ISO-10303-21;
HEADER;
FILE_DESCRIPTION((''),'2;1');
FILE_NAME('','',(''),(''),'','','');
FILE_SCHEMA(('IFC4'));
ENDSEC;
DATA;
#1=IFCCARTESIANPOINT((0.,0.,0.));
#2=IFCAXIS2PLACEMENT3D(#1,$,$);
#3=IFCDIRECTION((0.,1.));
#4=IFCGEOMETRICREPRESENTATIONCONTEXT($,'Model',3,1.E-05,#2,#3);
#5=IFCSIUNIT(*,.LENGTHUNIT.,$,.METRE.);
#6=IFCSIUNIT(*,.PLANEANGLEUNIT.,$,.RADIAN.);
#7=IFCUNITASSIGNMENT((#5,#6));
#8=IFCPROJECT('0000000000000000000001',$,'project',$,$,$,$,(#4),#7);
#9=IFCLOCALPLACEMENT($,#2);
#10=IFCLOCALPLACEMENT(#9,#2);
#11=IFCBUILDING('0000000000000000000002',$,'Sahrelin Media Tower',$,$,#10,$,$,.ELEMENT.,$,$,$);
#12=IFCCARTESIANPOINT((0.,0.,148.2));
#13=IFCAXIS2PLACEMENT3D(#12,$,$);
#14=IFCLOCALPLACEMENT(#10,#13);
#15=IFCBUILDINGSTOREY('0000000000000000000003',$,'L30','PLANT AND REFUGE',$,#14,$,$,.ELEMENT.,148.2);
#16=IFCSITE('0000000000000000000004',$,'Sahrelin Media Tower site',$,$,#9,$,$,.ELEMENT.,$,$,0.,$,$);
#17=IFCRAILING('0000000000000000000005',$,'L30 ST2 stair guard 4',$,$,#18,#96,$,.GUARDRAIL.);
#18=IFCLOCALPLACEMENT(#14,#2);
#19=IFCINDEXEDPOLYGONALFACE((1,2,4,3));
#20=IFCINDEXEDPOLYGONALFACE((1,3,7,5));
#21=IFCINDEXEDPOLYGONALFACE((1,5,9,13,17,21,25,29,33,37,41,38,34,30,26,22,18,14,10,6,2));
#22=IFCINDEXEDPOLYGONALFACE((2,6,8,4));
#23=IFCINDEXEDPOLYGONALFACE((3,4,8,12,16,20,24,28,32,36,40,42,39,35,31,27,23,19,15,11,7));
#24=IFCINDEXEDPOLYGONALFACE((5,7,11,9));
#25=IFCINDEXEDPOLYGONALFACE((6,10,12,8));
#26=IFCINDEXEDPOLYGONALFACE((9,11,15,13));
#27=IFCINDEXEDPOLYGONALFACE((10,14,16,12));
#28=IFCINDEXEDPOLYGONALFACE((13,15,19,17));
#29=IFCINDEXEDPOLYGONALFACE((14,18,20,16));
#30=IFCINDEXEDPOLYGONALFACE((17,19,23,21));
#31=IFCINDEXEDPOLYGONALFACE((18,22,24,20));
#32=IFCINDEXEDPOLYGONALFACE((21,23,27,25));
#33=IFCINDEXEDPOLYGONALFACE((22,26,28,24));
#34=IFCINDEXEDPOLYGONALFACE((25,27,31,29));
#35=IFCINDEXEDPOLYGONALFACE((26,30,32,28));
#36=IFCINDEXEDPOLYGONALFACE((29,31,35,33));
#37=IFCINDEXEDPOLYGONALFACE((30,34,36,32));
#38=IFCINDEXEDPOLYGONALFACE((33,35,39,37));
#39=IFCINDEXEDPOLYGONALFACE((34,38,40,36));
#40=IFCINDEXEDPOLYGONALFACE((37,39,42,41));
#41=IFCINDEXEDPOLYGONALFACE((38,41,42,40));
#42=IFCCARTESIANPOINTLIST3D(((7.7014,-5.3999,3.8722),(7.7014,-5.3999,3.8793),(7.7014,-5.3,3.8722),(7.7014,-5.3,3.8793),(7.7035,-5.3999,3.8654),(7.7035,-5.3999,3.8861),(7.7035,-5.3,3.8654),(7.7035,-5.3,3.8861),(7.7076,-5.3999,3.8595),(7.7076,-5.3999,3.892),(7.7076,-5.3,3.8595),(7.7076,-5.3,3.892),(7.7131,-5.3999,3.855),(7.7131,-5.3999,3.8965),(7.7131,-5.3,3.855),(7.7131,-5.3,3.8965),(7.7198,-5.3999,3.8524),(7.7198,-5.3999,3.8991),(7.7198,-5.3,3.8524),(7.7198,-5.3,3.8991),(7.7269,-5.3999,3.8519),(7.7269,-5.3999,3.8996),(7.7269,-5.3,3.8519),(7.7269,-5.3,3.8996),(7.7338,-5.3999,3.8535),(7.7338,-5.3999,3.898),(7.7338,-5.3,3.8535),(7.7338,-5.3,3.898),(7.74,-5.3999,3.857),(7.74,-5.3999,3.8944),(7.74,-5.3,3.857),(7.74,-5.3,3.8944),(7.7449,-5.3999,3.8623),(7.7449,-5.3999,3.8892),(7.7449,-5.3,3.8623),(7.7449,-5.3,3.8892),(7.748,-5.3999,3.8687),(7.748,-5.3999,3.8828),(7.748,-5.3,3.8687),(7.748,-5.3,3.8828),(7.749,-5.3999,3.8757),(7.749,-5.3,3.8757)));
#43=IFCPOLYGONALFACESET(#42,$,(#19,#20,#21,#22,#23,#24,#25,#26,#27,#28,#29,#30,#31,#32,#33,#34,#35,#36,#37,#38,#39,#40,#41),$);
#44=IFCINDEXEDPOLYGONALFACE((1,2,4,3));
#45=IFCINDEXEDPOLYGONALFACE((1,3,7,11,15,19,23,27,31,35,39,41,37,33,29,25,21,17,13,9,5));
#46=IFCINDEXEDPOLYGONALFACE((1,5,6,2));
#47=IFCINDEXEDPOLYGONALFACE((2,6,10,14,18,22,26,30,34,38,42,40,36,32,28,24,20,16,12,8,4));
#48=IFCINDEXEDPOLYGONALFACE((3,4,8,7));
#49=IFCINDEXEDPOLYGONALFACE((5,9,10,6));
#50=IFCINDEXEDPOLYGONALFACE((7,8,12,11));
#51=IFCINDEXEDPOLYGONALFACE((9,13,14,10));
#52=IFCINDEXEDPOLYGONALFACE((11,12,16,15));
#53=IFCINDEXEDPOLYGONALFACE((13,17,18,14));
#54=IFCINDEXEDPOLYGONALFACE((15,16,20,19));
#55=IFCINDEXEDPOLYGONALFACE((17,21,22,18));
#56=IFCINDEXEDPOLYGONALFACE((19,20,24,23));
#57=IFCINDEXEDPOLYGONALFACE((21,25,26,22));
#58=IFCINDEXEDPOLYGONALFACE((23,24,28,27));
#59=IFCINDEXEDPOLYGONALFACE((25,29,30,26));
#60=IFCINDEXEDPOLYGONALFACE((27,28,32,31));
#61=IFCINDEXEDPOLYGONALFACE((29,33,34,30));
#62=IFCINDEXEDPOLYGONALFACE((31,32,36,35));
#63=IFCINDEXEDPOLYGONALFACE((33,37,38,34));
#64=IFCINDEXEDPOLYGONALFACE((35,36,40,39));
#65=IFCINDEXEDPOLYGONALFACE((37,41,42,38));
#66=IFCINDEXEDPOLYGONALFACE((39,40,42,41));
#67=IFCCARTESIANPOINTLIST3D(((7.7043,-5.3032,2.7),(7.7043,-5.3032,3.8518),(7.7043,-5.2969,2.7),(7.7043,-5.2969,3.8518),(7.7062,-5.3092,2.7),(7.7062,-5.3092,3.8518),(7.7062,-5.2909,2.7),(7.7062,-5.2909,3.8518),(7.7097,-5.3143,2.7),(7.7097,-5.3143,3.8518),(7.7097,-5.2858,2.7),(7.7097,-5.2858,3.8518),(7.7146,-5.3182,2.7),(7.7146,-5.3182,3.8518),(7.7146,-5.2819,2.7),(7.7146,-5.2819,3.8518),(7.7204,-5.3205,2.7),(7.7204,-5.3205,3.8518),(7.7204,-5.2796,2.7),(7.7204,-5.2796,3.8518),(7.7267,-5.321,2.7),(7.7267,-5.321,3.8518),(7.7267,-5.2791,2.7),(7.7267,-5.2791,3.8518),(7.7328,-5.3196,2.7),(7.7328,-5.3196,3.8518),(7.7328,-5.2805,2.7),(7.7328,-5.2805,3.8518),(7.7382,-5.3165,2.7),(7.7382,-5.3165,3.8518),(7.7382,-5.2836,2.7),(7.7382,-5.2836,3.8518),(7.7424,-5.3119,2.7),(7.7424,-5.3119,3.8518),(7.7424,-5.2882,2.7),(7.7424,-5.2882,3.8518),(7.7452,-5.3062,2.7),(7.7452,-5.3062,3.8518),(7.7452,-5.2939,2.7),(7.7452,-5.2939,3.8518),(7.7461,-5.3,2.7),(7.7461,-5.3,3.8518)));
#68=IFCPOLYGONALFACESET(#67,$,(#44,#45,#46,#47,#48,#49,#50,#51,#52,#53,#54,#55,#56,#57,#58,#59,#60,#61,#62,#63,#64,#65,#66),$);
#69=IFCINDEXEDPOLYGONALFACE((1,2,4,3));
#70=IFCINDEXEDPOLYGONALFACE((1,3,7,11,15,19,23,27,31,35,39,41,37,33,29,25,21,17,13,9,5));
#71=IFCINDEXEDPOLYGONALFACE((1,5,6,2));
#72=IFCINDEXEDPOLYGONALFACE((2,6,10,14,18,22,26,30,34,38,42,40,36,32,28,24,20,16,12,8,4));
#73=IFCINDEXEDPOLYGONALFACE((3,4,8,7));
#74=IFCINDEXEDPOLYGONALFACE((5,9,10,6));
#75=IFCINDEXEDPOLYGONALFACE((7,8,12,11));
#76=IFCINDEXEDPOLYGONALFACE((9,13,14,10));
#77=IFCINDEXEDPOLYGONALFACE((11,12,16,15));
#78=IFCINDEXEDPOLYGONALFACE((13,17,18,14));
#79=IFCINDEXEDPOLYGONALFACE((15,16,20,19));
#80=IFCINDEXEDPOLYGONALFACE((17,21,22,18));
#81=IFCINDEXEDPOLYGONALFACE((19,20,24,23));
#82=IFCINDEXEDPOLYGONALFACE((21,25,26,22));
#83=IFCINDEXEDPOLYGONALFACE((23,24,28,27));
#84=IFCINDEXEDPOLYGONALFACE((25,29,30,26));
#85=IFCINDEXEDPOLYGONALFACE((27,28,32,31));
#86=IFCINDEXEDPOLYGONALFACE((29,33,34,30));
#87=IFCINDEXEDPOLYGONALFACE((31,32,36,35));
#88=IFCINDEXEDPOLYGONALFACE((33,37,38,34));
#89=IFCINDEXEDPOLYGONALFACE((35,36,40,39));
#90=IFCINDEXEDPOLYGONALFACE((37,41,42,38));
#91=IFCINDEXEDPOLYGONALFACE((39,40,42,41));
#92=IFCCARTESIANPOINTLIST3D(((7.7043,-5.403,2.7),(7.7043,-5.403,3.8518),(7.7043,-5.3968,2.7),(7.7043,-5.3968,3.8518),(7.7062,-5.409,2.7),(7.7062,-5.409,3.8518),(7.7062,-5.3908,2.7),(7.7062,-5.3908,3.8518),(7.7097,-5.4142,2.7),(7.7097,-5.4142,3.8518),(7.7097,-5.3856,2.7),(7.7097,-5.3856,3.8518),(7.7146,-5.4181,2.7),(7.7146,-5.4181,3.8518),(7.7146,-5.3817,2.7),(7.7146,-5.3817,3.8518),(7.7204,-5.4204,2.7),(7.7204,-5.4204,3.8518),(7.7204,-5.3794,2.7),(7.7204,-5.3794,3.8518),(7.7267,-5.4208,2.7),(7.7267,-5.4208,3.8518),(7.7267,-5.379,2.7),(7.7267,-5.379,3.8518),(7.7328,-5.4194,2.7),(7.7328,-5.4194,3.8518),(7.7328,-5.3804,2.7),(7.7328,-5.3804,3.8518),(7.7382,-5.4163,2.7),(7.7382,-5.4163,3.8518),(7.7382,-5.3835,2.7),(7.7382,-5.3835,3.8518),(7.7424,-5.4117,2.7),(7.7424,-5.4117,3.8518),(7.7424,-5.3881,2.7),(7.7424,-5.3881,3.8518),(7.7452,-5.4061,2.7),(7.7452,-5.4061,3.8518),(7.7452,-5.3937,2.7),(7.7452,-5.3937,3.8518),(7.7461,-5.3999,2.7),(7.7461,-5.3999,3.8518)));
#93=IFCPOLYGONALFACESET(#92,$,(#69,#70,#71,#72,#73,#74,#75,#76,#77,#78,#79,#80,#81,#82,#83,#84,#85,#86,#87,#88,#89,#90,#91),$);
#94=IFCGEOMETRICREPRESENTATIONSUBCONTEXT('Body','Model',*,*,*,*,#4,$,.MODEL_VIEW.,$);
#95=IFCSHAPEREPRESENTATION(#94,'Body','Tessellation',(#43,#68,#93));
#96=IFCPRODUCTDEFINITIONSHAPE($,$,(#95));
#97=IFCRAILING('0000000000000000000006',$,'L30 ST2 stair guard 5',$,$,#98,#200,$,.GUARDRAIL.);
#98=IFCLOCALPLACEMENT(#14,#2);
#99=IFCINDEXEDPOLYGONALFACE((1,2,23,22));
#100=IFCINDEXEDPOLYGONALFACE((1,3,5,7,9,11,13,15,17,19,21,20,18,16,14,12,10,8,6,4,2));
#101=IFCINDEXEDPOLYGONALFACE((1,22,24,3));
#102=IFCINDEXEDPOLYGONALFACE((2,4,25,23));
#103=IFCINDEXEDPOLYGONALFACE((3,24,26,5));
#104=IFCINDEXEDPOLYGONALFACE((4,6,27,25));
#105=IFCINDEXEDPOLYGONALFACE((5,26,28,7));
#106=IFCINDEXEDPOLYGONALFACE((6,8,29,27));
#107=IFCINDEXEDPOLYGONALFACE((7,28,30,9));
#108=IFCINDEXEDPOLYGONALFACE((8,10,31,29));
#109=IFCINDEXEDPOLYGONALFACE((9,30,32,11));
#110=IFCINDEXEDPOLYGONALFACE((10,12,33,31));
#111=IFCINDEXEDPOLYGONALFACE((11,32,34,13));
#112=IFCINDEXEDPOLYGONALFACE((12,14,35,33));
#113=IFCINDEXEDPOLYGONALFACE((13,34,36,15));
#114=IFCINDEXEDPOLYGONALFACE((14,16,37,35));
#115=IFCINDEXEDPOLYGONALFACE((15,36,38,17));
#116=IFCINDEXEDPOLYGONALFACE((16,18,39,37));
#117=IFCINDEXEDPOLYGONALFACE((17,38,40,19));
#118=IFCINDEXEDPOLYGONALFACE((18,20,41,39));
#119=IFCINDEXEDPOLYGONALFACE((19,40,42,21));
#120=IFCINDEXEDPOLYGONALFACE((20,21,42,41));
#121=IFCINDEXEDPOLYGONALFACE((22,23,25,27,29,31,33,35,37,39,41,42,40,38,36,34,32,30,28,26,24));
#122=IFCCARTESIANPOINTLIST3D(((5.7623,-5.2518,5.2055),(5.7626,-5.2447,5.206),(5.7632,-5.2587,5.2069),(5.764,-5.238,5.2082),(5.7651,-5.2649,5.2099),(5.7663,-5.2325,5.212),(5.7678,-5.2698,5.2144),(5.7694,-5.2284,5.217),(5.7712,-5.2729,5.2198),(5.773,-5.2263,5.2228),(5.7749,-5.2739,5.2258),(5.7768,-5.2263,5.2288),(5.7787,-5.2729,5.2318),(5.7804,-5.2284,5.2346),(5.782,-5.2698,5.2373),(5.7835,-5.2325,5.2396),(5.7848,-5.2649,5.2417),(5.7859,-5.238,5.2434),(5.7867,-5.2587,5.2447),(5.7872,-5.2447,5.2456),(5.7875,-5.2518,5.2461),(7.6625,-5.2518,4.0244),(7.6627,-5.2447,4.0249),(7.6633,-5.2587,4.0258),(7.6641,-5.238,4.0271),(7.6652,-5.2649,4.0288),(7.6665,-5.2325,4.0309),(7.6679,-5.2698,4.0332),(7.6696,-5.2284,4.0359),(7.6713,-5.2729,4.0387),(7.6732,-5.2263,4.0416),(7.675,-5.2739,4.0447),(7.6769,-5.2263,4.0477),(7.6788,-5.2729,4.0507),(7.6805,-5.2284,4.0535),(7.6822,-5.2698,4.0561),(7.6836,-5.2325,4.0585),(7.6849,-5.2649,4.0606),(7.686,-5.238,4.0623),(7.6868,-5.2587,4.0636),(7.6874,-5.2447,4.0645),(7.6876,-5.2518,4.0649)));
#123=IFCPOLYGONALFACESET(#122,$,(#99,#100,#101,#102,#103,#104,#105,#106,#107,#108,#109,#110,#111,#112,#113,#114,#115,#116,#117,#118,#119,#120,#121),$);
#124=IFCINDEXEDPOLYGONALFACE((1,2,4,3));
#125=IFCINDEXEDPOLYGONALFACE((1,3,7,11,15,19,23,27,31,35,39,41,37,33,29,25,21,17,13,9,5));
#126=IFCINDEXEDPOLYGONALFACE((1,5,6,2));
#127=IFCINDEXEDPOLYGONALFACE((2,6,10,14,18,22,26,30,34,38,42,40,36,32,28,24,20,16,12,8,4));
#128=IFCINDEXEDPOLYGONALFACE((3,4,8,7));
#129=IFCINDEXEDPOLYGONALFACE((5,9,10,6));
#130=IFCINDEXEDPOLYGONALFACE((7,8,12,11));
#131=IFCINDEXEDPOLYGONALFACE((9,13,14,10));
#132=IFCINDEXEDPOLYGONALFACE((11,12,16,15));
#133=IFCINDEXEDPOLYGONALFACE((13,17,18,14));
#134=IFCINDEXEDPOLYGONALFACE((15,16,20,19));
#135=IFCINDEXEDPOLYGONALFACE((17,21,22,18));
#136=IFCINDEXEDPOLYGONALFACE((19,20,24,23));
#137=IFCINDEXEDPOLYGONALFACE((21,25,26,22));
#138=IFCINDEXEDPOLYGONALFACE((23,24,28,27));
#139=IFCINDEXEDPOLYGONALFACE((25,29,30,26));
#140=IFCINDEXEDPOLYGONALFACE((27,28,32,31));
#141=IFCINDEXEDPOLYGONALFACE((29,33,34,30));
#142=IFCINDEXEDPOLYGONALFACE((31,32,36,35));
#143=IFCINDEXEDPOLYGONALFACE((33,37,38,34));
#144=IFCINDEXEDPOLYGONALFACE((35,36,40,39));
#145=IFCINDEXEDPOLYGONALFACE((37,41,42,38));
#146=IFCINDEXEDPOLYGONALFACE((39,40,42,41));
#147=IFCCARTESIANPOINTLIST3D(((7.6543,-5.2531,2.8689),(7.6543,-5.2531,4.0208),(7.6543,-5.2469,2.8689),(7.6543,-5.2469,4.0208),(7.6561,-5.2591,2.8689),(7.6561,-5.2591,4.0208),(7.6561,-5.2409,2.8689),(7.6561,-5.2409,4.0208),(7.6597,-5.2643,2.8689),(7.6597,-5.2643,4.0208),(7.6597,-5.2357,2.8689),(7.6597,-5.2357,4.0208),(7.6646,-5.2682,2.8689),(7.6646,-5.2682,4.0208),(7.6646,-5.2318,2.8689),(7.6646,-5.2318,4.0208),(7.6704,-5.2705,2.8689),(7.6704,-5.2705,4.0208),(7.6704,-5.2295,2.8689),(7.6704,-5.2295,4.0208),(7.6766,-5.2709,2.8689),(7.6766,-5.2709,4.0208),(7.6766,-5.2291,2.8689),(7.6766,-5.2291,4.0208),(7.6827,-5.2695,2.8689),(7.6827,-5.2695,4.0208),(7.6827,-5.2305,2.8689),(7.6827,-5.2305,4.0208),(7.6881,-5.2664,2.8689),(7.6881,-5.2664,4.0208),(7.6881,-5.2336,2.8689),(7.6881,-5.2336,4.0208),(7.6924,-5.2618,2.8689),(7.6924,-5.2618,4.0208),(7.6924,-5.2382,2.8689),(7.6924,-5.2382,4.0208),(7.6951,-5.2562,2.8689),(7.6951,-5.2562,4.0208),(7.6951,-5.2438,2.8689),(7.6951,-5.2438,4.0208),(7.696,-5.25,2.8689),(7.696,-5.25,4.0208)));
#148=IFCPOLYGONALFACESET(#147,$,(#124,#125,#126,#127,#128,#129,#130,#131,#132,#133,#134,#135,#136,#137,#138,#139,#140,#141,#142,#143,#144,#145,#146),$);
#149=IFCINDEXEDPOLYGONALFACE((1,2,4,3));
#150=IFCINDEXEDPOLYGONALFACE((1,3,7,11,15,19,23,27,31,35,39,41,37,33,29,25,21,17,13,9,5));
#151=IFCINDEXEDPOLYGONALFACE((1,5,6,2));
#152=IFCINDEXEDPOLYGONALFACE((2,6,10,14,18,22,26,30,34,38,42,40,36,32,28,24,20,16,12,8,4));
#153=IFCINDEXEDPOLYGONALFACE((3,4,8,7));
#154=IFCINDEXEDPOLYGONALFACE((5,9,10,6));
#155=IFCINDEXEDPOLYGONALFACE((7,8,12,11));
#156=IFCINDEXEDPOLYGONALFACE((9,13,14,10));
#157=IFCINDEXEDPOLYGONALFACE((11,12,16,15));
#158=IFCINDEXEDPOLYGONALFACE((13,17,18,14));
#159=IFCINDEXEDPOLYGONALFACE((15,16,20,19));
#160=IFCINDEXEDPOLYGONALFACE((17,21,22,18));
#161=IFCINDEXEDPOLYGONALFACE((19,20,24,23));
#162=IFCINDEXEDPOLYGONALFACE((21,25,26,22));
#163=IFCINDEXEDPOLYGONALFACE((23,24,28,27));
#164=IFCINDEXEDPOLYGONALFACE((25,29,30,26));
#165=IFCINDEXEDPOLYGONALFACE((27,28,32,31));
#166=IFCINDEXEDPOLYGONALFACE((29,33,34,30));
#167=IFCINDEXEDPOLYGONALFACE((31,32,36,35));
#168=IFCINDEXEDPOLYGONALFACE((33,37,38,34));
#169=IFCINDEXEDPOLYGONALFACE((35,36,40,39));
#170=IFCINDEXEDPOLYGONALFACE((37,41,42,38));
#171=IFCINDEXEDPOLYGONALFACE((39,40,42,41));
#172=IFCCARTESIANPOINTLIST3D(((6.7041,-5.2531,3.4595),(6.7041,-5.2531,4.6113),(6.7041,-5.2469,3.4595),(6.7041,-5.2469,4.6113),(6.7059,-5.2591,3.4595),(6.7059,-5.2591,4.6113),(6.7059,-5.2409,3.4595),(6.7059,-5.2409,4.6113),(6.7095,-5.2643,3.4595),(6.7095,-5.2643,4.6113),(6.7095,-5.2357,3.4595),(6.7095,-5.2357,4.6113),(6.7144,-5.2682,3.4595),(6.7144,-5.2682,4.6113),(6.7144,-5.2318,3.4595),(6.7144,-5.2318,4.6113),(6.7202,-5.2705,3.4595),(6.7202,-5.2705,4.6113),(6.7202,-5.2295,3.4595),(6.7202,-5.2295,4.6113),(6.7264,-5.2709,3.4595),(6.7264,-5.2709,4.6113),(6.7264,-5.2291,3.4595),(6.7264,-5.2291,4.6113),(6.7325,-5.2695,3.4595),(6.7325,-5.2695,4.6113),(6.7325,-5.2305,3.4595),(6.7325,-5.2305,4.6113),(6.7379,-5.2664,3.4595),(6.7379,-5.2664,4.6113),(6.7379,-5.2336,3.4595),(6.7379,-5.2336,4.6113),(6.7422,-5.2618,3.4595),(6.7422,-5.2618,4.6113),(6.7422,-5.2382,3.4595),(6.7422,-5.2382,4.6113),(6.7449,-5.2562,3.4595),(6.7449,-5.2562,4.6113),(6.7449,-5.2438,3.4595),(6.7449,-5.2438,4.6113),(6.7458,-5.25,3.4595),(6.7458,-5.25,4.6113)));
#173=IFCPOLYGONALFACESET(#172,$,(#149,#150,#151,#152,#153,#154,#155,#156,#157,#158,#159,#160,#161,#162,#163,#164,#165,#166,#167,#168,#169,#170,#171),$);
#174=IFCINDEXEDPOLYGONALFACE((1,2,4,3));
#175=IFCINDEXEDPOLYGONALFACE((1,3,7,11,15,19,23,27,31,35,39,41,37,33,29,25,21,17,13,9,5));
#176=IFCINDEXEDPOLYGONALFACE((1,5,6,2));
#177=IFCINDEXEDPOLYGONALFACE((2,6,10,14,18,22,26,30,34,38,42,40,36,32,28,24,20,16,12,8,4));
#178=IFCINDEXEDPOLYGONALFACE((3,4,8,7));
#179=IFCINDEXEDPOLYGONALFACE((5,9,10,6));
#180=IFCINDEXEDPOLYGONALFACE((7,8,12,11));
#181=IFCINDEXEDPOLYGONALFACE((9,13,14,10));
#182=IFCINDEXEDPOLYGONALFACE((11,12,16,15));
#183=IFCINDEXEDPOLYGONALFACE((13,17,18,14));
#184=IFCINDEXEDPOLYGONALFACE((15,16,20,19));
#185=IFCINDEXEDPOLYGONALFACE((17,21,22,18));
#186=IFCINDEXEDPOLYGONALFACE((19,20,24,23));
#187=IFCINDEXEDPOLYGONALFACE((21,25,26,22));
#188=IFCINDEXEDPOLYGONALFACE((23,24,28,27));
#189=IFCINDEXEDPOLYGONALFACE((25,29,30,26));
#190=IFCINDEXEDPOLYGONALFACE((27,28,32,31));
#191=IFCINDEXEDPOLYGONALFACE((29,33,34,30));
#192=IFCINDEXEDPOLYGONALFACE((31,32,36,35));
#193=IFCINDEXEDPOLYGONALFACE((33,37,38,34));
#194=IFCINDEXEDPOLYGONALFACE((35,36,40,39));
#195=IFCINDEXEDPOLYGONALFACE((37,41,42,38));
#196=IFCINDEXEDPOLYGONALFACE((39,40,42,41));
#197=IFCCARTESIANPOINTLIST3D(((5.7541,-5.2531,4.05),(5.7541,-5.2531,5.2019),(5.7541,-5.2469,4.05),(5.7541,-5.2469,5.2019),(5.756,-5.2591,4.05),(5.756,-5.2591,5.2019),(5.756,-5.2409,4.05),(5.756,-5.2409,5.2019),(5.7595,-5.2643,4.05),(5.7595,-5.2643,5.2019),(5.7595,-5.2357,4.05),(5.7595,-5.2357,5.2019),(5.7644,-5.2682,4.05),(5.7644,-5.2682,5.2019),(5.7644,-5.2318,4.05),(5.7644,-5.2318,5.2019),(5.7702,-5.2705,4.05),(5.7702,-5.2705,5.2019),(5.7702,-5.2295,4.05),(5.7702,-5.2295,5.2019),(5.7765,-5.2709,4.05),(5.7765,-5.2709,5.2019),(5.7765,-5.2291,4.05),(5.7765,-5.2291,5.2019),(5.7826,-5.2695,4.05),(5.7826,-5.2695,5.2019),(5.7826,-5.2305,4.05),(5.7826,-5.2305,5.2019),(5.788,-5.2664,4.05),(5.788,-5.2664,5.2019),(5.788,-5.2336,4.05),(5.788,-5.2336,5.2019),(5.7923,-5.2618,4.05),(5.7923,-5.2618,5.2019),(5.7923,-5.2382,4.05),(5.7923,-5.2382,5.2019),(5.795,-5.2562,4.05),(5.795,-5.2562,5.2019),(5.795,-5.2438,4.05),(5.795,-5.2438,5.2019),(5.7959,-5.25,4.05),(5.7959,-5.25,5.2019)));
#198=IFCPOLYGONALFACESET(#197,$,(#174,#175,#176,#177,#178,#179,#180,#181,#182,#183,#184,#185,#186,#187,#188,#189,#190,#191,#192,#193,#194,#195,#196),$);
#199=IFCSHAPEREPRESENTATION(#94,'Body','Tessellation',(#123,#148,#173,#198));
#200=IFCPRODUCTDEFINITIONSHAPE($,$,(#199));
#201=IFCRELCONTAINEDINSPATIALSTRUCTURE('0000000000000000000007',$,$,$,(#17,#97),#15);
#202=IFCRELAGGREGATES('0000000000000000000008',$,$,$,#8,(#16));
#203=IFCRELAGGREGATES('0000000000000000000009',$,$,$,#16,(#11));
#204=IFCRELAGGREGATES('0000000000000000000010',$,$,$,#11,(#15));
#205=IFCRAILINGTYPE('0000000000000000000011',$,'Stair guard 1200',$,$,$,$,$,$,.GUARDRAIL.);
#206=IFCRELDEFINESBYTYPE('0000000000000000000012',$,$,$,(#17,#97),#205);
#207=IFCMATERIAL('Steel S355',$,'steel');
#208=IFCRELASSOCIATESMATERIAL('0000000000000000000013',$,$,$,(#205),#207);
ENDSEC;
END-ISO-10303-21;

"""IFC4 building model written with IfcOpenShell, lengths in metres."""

from ifc_helpers import new_model, si_unit, direction, frame, origin, origin_2d, place, context, subcontext, project, spatial, circle, extrude, material, type_object, element, save


model = new_model("IFC4")

# Units and contexts
model_context = context("Model", 3, precision=1e-05, world=origin(), true_north=direction((0.0, 1.0)))
body_context = subcontext(model_context, "Body", "Model", "MODEL_VIEW")
ifc_project = project(units=[si_unit("LENGTHUNIT", "METRE"), si_unit("PLANEANGLEUNIT", "RADIAN")], contexts=[model_context])

# Site, building, storey
site_placement = place(None, origin())
site = spatial("IfcSite", under=ifc_project, at=site_placement, Name="Sahrelin Media Tower site", CompositionType="ELEMENT", RefElevation=0.0)
building_placement = place(site_placement, origin())
building = spatial("IfcBuilding", under=site, at=building_placement, Name="Sahrelin Media Tower", CompositionType="ELEMENT")
storey_placement = place(building_placement, frame((0.0, 0.0, 148.2)))
storey = spatial("IfcBuildingStorey", under=building, at=storey_placement, Name="L30", Description="PLANT AND REFUGE", CompositionType="ELEMENT", Elevation=148.2)

# Shared definitions
ifc_material_1 = material(Name="Steel S355", Category="steel")

# Railings
railing_type_1 = type_object("IfcRailingType", Name="Stair guard 1200", PredefinedType="GUARDRAIL", material=ifc_material_1)
for number, where, name in (
    (1, (7.7251, -5.3, 2.7), "L30 ST2 stair guard 4"),
):
    element("IfcRailing", number, at=place(storey_placement, frame(where)), inside=storey, type_object=railing_type_1, Name=name, PredefinedType="GUARDRAIL", context=body_context, shape_type="SweptSolid", body=[
        extrude(circle(Radius=0.0239, at=origin_2d()), frame((0.0, 0.0, 1.1758), z_axis=(0.0, -1.0, 0.0), x_axis=(1.0, 0.0, 0.0)), (0.0, 0.0, 1.0), 0.0999),
        extrude(circle(Radius=0.021, at=origin_2d()), origin(), (0.0, 0.0, 1.0), 1.1519),
        extrude(circle(Radius=0.021, at=origin_2d()), frame((0.0, -0.0999, 0.0)), (0.0, 0.0, 1.0), 1.1519),
    ])
railing_1_placement = place(storey_placement, frame((7.675, -5.25, 2.8689)))
element("IfcRailing", 2, at=railing_1_placement, inside=storey, type_object=railing_type_1, Name="L30 ST2 stair guard 5", PredefinedType="GUARDRAIL", context=body_context, shape_type="SweptSolid", body=[
    extrude(circle(Radius=0.0239, at=origin_2d()), frame((0.0, 0.0, 1.1758), z_axis=(-0.849289, 0.0, 0.527928), x_axis=(0.0, -1.0, 0.0)), (0.0, 0.0, 1.0), 2.2373),
    extrude(circle(Radius=0.021, at=origin_2d()), origin(), (0.0, 0.0, 1.0), 1.1519),
    extrude(circle(Radius=0.021, at=origin_2d()), frame((-0.9502, 0.0, 0.5906)), (0.0, 0.0, 1.0), 1.1519),
    extrude(circle(Radius=0.021, at=origin_2d()), frame((-1.9001, 0.0, 1.1812)), (0.0, 0.0, 1.0), 1.1519),
])

save(model, "model.ifc")
